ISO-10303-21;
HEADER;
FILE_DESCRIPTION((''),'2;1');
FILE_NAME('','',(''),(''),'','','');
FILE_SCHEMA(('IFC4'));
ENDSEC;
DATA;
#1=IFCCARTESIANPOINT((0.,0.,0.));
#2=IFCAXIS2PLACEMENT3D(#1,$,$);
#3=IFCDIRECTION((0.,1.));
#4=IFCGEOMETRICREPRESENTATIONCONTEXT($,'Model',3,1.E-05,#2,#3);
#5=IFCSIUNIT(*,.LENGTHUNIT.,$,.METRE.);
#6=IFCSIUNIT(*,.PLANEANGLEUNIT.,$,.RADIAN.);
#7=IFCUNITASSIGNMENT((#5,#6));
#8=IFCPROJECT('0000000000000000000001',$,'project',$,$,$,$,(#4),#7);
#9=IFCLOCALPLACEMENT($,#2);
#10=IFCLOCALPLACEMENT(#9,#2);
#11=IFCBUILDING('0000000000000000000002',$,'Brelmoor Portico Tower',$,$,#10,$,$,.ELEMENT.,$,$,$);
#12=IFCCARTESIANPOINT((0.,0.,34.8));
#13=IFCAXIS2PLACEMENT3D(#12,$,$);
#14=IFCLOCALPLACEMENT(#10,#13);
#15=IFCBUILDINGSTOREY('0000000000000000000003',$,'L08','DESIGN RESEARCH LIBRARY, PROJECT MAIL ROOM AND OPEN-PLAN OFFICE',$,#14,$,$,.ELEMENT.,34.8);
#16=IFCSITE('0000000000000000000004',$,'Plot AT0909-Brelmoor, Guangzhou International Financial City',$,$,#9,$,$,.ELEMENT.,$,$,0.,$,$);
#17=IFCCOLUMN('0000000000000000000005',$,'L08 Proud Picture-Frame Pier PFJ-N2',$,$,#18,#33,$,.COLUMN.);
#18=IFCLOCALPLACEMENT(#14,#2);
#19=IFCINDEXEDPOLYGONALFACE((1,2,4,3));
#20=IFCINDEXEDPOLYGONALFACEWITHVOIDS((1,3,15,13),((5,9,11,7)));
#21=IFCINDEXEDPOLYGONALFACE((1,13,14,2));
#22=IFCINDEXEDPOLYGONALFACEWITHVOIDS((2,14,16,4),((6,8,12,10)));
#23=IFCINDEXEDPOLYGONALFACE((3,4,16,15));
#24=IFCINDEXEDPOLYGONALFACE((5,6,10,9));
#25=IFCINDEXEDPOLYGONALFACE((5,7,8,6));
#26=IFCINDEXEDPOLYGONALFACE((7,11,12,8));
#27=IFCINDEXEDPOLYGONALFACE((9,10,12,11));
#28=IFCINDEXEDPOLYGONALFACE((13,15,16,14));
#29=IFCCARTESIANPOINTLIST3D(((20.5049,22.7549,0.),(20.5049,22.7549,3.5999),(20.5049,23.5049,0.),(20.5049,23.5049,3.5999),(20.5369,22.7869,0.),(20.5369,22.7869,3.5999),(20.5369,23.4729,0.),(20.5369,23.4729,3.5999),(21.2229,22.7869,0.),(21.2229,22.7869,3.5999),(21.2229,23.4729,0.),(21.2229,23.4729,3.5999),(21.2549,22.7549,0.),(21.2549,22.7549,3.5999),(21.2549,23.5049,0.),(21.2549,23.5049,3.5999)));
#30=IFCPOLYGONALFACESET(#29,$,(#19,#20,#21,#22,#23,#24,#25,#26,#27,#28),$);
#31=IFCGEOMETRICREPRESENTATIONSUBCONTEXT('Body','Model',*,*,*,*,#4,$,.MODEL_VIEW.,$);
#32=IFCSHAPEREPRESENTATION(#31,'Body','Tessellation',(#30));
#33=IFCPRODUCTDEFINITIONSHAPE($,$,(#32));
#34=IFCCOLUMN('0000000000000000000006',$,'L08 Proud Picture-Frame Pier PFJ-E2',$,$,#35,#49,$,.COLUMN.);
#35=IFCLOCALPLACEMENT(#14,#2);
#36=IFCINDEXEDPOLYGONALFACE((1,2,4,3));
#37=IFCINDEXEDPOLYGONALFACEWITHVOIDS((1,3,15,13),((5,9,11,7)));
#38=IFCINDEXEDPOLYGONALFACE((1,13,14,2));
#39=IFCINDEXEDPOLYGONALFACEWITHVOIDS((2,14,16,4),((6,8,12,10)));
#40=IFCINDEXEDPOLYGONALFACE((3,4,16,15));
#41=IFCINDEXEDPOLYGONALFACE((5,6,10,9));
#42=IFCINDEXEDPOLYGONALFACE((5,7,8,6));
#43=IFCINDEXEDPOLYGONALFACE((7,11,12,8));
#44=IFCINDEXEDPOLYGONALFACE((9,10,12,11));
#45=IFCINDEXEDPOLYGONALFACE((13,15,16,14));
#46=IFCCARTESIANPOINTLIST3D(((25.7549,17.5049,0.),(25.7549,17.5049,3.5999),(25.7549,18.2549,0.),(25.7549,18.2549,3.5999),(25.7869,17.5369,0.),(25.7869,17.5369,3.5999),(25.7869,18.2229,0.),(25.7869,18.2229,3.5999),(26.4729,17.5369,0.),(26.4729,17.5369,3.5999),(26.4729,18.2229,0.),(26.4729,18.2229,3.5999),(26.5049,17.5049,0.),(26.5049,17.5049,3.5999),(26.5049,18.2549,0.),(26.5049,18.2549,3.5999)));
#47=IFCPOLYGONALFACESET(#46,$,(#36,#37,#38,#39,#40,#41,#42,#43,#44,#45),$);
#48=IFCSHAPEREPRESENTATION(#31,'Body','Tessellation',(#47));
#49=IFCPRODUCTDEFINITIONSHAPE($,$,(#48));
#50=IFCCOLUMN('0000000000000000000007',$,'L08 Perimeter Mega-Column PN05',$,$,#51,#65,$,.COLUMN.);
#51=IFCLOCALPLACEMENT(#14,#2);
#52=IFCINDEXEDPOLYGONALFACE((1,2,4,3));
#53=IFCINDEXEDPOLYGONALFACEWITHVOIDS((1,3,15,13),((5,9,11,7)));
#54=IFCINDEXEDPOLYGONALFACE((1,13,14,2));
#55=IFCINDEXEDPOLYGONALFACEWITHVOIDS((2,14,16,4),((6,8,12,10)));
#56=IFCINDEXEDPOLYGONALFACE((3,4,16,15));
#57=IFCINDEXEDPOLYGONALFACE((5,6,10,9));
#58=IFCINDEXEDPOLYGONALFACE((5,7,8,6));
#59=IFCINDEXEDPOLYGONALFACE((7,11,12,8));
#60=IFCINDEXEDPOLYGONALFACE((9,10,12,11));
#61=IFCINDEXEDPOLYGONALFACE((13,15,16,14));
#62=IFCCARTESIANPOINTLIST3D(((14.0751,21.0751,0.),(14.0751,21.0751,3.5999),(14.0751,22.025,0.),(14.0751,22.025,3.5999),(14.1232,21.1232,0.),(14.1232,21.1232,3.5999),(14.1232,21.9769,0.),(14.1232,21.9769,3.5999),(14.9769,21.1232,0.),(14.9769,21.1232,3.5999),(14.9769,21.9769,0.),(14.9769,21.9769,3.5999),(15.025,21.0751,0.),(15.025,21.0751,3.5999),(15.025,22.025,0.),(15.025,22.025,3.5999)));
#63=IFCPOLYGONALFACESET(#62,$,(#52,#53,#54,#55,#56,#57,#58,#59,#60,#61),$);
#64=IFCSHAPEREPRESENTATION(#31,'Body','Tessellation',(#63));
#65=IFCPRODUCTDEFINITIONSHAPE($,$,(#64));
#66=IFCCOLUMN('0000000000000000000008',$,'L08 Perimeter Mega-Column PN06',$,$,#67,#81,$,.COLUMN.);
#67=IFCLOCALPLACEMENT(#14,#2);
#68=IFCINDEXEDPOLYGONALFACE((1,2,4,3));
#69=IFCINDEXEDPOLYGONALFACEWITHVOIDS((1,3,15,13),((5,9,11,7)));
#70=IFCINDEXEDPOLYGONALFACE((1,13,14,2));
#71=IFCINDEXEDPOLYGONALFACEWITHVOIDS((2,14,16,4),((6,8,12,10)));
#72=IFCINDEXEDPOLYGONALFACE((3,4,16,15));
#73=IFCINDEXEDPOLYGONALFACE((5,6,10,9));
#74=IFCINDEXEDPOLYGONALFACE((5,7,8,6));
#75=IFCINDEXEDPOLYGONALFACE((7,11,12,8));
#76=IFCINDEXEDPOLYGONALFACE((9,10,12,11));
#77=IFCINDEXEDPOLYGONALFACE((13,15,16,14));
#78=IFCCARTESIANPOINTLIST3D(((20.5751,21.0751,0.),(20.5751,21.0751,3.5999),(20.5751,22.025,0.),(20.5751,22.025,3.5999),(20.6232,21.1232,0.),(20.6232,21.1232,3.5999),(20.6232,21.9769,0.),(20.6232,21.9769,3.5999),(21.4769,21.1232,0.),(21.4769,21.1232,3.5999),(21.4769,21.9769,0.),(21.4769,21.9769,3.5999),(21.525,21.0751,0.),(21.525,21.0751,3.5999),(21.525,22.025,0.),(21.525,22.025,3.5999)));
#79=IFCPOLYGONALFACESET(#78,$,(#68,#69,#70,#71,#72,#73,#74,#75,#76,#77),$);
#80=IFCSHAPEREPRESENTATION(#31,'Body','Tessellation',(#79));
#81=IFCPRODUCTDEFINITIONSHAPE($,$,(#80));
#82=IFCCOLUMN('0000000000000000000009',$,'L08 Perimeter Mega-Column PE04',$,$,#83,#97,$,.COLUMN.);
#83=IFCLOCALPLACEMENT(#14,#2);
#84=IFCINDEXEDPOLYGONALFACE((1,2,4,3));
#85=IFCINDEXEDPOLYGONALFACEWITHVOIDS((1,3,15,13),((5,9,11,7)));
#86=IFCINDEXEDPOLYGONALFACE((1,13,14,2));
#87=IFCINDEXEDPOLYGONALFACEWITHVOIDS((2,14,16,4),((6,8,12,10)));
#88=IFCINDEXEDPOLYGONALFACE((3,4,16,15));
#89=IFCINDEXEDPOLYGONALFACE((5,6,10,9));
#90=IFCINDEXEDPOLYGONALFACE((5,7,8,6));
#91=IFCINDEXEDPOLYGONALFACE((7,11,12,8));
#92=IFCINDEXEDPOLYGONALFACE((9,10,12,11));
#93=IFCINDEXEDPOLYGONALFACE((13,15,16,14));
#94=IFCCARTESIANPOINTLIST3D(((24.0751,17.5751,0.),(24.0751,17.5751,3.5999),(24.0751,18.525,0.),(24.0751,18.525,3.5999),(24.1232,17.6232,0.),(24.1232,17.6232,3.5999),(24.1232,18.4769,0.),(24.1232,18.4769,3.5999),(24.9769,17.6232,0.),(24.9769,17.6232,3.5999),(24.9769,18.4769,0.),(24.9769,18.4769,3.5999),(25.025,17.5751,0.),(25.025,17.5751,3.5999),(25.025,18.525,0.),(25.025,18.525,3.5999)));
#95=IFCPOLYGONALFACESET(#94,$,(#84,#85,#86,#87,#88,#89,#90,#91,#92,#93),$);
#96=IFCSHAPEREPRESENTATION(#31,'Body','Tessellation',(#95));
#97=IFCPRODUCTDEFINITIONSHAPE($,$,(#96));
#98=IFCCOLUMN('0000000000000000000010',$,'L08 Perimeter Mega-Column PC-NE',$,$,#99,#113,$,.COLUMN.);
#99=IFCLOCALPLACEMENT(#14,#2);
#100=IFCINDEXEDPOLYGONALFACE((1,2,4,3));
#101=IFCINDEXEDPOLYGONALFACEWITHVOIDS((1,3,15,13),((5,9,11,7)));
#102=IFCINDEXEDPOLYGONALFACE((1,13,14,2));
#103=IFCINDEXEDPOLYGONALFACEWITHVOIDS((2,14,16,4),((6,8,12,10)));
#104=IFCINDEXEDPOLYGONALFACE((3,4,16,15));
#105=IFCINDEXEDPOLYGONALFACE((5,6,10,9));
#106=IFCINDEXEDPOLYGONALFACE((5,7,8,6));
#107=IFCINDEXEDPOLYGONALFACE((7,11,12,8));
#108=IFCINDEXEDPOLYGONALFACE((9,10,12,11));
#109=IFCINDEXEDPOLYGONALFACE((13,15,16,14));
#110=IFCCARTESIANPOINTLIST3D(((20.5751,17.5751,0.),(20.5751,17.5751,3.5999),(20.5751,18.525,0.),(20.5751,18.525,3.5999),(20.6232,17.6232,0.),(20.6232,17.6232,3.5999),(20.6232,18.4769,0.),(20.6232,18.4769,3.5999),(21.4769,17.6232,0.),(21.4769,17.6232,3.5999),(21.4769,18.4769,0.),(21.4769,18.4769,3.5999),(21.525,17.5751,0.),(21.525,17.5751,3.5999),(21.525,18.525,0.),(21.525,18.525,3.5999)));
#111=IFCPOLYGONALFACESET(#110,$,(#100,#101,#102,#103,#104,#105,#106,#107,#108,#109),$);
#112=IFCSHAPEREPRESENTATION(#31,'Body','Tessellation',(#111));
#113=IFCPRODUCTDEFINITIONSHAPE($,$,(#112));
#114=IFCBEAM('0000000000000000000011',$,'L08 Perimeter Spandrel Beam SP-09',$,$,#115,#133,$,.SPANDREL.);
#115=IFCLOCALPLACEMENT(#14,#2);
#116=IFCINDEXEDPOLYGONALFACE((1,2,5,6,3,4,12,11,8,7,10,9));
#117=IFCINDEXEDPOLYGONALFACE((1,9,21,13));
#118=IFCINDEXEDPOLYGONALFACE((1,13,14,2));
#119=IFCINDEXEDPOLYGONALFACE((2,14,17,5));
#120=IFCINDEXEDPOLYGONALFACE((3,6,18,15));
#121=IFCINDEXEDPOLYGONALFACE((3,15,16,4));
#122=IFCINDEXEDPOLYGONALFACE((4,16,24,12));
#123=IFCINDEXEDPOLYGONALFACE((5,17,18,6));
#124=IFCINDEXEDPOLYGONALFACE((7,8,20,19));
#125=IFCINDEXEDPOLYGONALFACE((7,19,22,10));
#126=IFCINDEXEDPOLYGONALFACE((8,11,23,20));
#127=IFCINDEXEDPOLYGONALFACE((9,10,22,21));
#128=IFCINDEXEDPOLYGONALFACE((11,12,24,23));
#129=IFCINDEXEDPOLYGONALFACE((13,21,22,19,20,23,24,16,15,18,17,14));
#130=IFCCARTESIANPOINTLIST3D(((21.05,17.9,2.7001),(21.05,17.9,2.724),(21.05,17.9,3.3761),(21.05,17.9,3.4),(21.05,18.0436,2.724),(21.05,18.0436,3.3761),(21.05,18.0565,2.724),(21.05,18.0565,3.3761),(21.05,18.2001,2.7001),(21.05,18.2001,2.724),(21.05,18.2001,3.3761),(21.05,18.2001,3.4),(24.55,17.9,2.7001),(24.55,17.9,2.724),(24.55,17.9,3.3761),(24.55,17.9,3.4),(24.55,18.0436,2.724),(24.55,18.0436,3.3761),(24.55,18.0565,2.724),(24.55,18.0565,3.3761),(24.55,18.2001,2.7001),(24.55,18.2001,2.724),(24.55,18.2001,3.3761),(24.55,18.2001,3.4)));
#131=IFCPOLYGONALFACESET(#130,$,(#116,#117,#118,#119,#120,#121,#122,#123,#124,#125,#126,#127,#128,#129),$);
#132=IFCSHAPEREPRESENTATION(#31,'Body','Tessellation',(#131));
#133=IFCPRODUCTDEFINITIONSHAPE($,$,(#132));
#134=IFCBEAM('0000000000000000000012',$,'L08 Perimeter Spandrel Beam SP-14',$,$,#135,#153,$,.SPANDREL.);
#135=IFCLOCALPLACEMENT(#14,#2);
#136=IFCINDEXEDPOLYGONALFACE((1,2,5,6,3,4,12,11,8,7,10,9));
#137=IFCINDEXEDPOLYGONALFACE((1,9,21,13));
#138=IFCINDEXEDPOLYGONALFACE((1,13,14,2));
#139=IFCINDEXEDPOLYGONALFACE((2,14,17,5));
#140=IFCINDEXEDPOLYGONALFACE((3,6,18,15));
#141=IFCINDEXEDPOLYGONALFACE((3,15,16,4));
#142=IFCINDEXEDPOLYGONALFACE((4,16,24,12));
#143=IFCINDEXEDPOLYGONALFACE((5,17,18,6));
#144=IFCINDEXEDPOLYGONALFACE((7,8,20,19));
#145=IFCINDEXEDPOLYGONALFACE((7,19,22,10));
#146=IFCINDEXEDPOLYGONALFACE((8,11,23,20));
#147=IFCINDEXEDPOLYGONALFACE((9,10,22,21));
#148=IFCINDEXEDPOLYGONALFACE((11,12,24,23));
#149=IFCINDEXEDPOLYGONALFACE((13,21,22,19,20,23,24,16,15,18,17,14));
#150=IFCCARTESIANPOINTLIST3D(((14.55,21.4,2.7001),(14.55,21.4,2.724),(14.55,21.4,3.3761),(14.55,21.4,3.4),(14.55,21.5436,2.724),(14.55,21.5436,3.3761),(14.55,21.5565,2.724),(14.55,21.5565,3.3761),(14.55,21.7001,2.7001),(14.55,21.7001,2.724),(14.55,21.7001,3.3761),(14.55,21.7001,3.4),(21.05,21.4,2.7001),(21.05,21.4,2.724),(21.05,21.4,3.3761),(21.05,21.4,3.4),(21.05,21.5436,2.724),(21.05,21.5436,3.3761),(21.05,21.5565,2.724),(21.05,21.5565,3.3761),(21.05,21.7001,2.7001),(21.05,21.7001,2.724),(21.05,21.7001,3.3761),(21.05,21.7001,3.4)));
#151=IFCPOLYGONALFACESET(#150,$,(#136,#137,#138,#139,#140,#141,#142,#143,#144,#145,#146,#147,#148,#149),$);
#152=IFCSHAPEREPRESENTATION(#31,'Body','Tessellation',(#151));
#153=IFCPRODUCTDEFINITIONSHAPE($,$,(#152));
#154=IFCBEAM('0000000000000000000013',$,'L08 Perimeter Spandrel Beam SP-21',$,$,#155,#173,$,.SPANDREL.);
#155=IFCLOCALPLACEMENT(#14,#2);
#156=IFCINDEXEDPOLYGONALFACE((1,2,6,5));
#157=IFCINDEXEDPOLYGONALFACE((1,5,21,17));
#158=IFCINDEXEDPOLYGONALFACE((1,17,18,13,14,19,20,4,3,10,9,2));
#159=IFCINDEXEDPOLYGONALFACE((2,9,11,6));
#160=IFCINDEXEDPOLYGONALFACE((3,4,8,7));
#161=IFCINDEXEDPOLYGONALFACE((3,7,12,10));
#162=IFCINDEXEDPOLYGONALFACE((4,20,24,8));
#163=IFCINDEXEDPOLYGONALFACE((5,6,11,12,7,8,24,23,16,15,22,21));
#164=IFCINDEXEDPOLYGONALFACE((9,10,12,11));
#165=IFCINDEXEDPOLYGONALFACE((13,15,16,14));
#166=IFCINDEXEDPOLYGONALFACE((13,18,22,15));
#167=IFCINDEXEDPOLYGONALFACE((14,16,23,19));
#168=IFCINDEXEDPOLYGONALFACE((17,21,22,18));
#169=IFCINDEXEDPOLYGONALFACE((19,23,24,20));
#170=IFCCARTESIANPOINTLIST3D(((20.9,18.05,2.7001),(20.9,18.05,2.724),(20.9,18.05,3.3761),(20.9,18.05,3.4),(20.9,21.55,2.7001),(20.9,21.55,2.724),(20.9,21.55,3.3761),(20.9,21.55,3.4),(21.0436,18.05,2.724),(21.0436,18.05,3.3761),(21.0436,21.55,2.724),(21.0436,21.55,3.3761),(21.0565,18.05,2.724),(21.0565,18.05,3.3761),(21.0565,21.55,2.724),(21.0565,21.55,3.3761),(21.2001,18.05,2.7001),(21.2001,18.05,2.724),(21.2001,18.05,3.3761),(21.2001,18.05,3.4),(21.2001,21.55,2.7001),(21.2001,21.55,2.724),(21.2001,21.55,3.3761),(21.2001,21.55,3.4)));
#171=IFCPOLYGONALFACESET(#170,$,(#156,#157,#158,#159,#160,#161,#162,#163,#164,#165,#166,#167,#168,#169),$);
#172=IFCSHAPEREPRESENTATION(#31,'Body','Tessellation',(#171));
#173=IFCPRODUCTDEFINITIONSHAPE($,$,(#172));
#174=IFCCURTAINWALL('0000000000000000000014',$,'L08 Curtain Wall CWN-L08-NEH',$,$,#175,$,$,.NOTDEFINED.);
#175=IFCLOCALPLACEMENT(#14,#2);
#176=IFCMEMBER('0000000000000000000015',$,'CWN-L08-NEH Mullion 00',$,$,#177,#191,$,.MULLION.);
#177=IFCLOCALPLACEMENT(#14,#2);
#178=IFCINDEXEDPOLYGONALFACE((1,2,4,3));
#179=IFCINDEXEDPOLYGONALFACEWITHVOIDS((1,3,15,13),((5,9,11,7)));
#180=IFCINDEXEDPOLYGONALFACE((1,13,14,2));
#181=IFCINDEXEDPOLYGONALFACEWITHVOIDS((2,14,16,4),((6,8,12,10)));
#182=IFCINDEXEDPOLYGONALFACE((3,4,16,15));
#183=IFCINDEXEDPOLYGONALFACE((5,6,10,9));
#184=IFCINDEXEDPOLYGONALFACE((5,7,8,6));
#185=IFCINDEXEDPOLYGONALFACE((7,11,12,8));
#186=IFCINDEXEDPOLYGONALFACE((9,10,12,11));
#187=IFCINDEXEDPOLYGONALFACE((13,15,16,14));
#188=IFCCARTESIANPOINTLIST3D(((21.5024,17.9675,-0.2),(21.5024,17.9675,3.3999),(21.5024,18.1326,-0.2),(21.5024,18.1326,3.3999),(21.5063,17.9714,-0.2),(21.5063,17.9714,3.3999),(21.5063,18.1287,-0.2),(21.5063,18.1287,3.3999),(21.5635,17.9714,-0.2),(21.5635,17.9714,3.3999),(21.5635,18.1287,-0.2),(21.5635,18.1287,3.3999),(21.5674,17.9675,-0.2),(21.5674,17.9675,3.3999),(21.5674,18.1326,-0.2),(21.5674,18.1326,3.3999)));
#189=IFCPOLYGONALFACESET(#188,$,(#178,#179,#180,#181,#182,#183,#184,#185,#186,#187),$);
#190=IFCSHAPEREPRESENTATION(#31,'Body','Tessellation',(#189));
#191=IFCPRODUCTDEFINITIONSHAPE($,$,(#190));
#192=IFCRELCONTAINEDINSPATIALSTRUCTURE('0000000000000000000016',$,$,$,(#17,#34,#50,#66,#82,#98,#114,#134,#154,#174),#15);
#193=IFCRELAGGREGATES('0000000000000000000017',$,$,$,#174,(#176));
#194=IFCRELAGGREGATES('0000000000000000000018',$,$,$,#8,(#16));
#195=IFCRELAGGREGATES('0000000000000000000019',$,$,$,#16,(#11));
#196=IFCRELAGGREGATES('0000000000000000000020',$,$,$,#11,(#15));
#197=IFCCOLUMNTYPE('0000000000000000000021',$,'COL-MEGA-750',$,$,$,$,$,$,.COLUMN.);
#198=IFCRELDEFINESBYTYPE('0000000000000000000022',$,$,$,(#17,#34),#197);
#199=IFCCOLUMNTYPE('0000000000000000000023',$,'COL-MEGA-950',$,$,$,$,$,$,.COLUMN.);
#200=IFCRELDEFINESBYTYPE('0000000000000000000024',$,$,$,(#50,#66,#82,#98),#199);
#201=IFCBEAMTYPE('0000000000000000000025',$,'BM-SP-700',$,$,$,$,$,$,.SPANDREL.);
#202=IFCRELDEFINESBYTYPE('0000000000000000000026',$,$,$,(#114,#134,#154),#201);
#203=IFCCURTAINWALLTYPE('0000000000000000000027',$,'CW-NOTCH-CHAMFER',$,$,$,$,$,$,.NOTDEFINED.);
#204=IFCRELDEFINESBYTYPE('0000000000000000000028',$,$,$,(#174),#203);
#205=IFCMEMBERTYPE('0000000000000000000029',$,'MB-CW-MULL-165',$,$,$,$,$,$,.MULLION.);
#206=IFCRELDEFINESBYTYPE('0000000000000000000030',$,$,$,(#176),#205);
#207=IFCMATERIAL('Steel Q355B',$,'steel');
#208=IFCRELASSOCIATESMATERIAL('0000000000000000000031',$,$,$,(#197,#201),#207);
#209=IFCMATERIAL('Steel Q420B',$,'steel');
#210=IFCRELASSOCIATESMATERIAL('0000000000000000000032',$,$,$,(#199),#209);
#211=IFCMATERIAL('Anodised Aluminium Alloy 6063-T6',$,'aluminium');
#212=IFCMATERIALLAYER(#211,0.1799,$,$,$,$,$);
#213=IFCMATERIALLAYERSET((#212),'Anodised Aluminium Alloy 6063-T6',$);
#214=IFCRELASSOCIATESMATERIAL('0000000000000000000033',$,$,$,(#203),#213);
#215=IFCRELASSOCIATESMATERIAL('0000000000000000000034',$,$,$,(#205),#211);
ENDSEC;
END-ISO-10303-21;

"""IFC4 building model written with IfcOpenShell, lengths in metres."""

from ifc_helpers import new_model, si_unit, direction, frame, origin, origin_2d, place, context, subcontext, project, spatial, hollow_rectangle, i_section, extrude, material, layer, layer_set, material_profile, profile_set, type_object, element, aggregate, save


model = new_model("IFC4")

# Units and contexts
model_context = context("Model", 3, precision=1e-05, world=origin(), true_north=direction((0.0, 1.0)))
body_context = subcontext(model_context, "Body", "Model", "MODEL_VIEW")
ifc_project = project(units=[si_unit("LENGTHUNIT", "METRE"), si_unit("PLANEANGLEUNIT", "RADIAN")], contexts=[model_context])

# Site, building, storey
site_placement = place(None, origin())
site = spatial("IfcSite", under=ifc_project, at=site_placement, Name="Plot AT0909-Brelmoor, Guangzhou International Financial City", CompositionType="ELEMENT", RefElevation=0.0)
building_placement = place(site_placement, origin())
building = spatial("IfcBuilding", under=site, at=building_placement, Name="Brelmoor Portico Tower", CompositionType="ELEMENT")
storey_placement = place(building_placement, frame((0.0, 0.0, 34.8)))
storey = spatial("IfcBuildingStorey", under=building, at=storey_placement, Name="L08", Description="DESIGN RESEARCH LIBRARY, PROJECT MAIL ROOM AND OPEN-PLAN OFFICE", CompositionType="ELEMENT", Elevation=34.8)

# Columns
ifc_material_1 = material(Name="Steel Q355B", Category="steel")
ifc_material_profile_1 = material_profile(ifc_material_1, hollow_rectangle(XDim=0.75, YDim=0.75, WallThickness=0.032, at=origin_2d()), Name="BOX 750x750x32")
ifc_profile_set_1 = profile_set([ifc_material_profile_1], Name="Steel Q355B")
column_type_1 = type_object("IfcColumnType", Name="COL-MEGA-750", PredefinedType="COLUMN", material=ifc_profile_set_1)
for number, where, z_axis, x_axis, name in (
    (1, (20.8799, 23.1299, 0.0), (0.0, 0.0, 1.0), (1.0, 0.0, 0.0), "L08 Proud Picture-Frame Pier PFJ-N2"),
    (2, (26.1299, 17.8799, 0.0), (0.0, 0.0, 1.0), (0.0, 1.0, 0.0), "L08 Proud Picture-Frame Pier PFJ-E2"),
):
    element("IfcColumn", number, at=place(storey_placement, frame(where, z_axis=z_axis, x_axis=x_axis)), inside=storey, type_object=column_type_1, Name=name, PredefinedType="COLUMN", context=body_context, shape_type="SweptSolid", body=[
        extrude(hollow_rectangle(XDim=0.75, YDim=0.75, WallThickness=0.032, at=origin_2d()), origin(), (0.0, 0.0, 1.0), 3.5999),
    ])
ifc_material_2 = material(Name="Steel Q420B", Category="steel")
ifc_material_profile_2 = material_profile(ifc_material_2, hollow_rectangle(XDim=0.95, YDim=0.95, WallThickness=0.0481, at=origin_2d()), Name="BOX 950x950x48")
ifc_profile_set_2 = profile_set([ifc_material_profile_2], Name="Steel Q420B")
column_type_2 = type_object("IfcColumnType", Name="COL-MEGA-950", PredefinedType="COLUMN", material=ifc_profile_set_2)
for number, where, z_axis, x_axis, name in (
    (3, (14.55, 21.55, 0.0), (0.0, 0.0, 1.0), (1.0, 0.0, 0.0), "L08 Perimeter Mega-Column PN05"),
    (4, (21.05, 21.55, 0.0), (0.0, 0.0, 1.0), (1.0, 0.0, 0.0), "L08 Perimeter Mega-Column PN06"),
    (5, (24.55, 18.05, 0.0), (0.0, 0.0, 1.0), (0.0, 1.0, 0.0), "L08 Perimeter Mega-Column PE04"),
    (6, (21.05, 18.05, 0.0), (0.0, 0.0, 1.0), (1.0, 0.0, 0.0), "L08 Perimeter Mega-Column PC-NE"),
):
    element("IfcColumn", number, at=place(storey_placement, frame(where, z_axis=z_axis, x_axis=x_axis)), inside=storey, type_object=column_type_2, Name=name, PredefinedType="COLUMN", context=body_context, shape_type="SweptSolid", body=[
        extrude(hollow_rectangle(XDim=0.95, YDim=0.95, WallThickness=0.0481, at=origin_2d()), origin(), (0.0, 0.0, 1.0), 3.5999),
    ])

# Beams
ifc_material_profile_3 = material_profile(ifc_material_1, i_section(OverallWidth=0.3, OverallDepth=0.7, WebThickness=0.0129, FlangeThickness=0.0239, at=origin_2d()), Name="HN 700x300x13x24")
ifc_profile_set_3 = profile_set([ifc_material_profile_3], Name="Steel Q355B")
beam_type = type_object("IfcBeamType", Name="BM-SP-700", PredefinedType="SPANDREL", material=ifc_profile_set_3)
beam_1_placement = place(storey_placement, frame((21.05, 18.05, 3.05), z_axis=(1.0, 0.0, 0.0), x_axis=(0.0, 1.0, 0.0)))
element("IfcBeam", 7, at=beam_1_placement, inside=storey, type_object=beam_type, Name="L08 Perimeter Spandrel Beam SP-09", PredefinedType="SPANDREL", context=body_context, shape_type="SweptSolid", body=[
    extrude(i_section(OverallWidth=0.3, OverallDepth=0.7, WebThickness=0.0129, FlangeThickness=0.0239, at=origin_2d()), origin(), (0.0, 0.0, 1.0), 3.5),
])
beam_2_placement = place(storey_placement, frame((14.55, 21.55, 3.05), z_axis=(1.0, 0.0, 0.0), x_axis=(0.0, 1.0, 0.0)))
element("IfcBeam", 8, at=beam_2_placement, inside=storey, type_object=beam_type, Name="L08 Perimeter Spandrel Beam SP-14", PredefinedType="SPANDREL", context=body_context, shape_type="SweptSolid", body=[
    extrude(i_section(OverallWidth=0.3, OverallDepth=0.7, WebThickness=0.0129, FlangeThickness=0.0239, at=origin_2d()), origin(), (0.0, 0.0, 1.0), 6.5),
])
beam_3_placement = place(storey_placement, frame((21.05, 18.05, 3.05), z_axis=(0.0, 1.0, 0.0), x_axis=(-1.0, 0.0, 0.0)))
element("IfcBeam", 9, at=beam_3_placement, inside=storey, type_object=beam_type, Name="L08 Perimeter Spandrel Beam SP-21", PredefinedType="SPANDREL", context=body_context, shape_type="SweptSolid", body=[
    extrude(i_section(OverallWidth=0.3, OverallDepth=0.7, WebThickness=0.0129, FlangeThickness=0.0239, at=origin_2d()), origin(), (0.0, 0.0, 1.0), 3.5),
])

# Curtain wall, member
ifc_material_3 = material(Name="Anodised Aluminium Alloy 6063-T6", Category="aluminium")
ifc_layer_1 = layer(ifc_material_3, 0.1799)
ifc_layer_set_1 = layer_set([ifc_layer_1], Name="Anodised Aluminium Alloy 6063-T6")
curtain_wall_type = type_object("IfcCurtainWallType", Name="CW-NOTCH-CHAMFER", PredefinedType="NOTDEFINED", material=ifc_layer_set_1)
curtain_wall_1_placement = place(storey_placement, origin())
curtain_wall_1 = element("IfcCurtainWall", 10, at=curtain_wall_1_placement, inside=storey, type_object=curtain_wall_type, Name="L08 Curtain Wall CWN-L08-NEH", PredefinedType="NOTDEFINED")
ifc_material_profile_4 = material_profile(ifc_material_3, hollow_rectangle(XDim=0.0649, YDim=0.165, WallThickness=0.0039, at=origin_2d()), Name="ALU MULLION 65x165")
ifc_profile_set_4 = profile_set([ifc_material_profile_4], Name="Anodised Aluminium Alloy 6063-T6")
member_type_1 = type_object("IfcMemberType", Name="MB-CW-MULL-165", PredefinedType="MULLION", material=ifc_profile_set_4)
member_1_placement = place(storey_placement, frame((21.5349, 18.05, -0.2), z_axis=(0.0, 0.0, 1.0), x_axis=(1.0, 0.0, 0.0)))
member_1 = element("IfcMember", 11, at=member_1_placement, type_object=member_type_1, Name="CWN-L08-NEH Mullion 00", PredefinedType="MULLION", context=body_context, shape_type="SweptSolid", body=[
    extrude(hollow_rectangle(XDim=0.0649, YDim=0.165, WallThickness=0.0039, at=origin_2d()), origin(), (0.0, 0.0, 1.0), 3.5999),
])

aggregate(curtain_wall_1, [member_1])

save(model, "model.ifc")
